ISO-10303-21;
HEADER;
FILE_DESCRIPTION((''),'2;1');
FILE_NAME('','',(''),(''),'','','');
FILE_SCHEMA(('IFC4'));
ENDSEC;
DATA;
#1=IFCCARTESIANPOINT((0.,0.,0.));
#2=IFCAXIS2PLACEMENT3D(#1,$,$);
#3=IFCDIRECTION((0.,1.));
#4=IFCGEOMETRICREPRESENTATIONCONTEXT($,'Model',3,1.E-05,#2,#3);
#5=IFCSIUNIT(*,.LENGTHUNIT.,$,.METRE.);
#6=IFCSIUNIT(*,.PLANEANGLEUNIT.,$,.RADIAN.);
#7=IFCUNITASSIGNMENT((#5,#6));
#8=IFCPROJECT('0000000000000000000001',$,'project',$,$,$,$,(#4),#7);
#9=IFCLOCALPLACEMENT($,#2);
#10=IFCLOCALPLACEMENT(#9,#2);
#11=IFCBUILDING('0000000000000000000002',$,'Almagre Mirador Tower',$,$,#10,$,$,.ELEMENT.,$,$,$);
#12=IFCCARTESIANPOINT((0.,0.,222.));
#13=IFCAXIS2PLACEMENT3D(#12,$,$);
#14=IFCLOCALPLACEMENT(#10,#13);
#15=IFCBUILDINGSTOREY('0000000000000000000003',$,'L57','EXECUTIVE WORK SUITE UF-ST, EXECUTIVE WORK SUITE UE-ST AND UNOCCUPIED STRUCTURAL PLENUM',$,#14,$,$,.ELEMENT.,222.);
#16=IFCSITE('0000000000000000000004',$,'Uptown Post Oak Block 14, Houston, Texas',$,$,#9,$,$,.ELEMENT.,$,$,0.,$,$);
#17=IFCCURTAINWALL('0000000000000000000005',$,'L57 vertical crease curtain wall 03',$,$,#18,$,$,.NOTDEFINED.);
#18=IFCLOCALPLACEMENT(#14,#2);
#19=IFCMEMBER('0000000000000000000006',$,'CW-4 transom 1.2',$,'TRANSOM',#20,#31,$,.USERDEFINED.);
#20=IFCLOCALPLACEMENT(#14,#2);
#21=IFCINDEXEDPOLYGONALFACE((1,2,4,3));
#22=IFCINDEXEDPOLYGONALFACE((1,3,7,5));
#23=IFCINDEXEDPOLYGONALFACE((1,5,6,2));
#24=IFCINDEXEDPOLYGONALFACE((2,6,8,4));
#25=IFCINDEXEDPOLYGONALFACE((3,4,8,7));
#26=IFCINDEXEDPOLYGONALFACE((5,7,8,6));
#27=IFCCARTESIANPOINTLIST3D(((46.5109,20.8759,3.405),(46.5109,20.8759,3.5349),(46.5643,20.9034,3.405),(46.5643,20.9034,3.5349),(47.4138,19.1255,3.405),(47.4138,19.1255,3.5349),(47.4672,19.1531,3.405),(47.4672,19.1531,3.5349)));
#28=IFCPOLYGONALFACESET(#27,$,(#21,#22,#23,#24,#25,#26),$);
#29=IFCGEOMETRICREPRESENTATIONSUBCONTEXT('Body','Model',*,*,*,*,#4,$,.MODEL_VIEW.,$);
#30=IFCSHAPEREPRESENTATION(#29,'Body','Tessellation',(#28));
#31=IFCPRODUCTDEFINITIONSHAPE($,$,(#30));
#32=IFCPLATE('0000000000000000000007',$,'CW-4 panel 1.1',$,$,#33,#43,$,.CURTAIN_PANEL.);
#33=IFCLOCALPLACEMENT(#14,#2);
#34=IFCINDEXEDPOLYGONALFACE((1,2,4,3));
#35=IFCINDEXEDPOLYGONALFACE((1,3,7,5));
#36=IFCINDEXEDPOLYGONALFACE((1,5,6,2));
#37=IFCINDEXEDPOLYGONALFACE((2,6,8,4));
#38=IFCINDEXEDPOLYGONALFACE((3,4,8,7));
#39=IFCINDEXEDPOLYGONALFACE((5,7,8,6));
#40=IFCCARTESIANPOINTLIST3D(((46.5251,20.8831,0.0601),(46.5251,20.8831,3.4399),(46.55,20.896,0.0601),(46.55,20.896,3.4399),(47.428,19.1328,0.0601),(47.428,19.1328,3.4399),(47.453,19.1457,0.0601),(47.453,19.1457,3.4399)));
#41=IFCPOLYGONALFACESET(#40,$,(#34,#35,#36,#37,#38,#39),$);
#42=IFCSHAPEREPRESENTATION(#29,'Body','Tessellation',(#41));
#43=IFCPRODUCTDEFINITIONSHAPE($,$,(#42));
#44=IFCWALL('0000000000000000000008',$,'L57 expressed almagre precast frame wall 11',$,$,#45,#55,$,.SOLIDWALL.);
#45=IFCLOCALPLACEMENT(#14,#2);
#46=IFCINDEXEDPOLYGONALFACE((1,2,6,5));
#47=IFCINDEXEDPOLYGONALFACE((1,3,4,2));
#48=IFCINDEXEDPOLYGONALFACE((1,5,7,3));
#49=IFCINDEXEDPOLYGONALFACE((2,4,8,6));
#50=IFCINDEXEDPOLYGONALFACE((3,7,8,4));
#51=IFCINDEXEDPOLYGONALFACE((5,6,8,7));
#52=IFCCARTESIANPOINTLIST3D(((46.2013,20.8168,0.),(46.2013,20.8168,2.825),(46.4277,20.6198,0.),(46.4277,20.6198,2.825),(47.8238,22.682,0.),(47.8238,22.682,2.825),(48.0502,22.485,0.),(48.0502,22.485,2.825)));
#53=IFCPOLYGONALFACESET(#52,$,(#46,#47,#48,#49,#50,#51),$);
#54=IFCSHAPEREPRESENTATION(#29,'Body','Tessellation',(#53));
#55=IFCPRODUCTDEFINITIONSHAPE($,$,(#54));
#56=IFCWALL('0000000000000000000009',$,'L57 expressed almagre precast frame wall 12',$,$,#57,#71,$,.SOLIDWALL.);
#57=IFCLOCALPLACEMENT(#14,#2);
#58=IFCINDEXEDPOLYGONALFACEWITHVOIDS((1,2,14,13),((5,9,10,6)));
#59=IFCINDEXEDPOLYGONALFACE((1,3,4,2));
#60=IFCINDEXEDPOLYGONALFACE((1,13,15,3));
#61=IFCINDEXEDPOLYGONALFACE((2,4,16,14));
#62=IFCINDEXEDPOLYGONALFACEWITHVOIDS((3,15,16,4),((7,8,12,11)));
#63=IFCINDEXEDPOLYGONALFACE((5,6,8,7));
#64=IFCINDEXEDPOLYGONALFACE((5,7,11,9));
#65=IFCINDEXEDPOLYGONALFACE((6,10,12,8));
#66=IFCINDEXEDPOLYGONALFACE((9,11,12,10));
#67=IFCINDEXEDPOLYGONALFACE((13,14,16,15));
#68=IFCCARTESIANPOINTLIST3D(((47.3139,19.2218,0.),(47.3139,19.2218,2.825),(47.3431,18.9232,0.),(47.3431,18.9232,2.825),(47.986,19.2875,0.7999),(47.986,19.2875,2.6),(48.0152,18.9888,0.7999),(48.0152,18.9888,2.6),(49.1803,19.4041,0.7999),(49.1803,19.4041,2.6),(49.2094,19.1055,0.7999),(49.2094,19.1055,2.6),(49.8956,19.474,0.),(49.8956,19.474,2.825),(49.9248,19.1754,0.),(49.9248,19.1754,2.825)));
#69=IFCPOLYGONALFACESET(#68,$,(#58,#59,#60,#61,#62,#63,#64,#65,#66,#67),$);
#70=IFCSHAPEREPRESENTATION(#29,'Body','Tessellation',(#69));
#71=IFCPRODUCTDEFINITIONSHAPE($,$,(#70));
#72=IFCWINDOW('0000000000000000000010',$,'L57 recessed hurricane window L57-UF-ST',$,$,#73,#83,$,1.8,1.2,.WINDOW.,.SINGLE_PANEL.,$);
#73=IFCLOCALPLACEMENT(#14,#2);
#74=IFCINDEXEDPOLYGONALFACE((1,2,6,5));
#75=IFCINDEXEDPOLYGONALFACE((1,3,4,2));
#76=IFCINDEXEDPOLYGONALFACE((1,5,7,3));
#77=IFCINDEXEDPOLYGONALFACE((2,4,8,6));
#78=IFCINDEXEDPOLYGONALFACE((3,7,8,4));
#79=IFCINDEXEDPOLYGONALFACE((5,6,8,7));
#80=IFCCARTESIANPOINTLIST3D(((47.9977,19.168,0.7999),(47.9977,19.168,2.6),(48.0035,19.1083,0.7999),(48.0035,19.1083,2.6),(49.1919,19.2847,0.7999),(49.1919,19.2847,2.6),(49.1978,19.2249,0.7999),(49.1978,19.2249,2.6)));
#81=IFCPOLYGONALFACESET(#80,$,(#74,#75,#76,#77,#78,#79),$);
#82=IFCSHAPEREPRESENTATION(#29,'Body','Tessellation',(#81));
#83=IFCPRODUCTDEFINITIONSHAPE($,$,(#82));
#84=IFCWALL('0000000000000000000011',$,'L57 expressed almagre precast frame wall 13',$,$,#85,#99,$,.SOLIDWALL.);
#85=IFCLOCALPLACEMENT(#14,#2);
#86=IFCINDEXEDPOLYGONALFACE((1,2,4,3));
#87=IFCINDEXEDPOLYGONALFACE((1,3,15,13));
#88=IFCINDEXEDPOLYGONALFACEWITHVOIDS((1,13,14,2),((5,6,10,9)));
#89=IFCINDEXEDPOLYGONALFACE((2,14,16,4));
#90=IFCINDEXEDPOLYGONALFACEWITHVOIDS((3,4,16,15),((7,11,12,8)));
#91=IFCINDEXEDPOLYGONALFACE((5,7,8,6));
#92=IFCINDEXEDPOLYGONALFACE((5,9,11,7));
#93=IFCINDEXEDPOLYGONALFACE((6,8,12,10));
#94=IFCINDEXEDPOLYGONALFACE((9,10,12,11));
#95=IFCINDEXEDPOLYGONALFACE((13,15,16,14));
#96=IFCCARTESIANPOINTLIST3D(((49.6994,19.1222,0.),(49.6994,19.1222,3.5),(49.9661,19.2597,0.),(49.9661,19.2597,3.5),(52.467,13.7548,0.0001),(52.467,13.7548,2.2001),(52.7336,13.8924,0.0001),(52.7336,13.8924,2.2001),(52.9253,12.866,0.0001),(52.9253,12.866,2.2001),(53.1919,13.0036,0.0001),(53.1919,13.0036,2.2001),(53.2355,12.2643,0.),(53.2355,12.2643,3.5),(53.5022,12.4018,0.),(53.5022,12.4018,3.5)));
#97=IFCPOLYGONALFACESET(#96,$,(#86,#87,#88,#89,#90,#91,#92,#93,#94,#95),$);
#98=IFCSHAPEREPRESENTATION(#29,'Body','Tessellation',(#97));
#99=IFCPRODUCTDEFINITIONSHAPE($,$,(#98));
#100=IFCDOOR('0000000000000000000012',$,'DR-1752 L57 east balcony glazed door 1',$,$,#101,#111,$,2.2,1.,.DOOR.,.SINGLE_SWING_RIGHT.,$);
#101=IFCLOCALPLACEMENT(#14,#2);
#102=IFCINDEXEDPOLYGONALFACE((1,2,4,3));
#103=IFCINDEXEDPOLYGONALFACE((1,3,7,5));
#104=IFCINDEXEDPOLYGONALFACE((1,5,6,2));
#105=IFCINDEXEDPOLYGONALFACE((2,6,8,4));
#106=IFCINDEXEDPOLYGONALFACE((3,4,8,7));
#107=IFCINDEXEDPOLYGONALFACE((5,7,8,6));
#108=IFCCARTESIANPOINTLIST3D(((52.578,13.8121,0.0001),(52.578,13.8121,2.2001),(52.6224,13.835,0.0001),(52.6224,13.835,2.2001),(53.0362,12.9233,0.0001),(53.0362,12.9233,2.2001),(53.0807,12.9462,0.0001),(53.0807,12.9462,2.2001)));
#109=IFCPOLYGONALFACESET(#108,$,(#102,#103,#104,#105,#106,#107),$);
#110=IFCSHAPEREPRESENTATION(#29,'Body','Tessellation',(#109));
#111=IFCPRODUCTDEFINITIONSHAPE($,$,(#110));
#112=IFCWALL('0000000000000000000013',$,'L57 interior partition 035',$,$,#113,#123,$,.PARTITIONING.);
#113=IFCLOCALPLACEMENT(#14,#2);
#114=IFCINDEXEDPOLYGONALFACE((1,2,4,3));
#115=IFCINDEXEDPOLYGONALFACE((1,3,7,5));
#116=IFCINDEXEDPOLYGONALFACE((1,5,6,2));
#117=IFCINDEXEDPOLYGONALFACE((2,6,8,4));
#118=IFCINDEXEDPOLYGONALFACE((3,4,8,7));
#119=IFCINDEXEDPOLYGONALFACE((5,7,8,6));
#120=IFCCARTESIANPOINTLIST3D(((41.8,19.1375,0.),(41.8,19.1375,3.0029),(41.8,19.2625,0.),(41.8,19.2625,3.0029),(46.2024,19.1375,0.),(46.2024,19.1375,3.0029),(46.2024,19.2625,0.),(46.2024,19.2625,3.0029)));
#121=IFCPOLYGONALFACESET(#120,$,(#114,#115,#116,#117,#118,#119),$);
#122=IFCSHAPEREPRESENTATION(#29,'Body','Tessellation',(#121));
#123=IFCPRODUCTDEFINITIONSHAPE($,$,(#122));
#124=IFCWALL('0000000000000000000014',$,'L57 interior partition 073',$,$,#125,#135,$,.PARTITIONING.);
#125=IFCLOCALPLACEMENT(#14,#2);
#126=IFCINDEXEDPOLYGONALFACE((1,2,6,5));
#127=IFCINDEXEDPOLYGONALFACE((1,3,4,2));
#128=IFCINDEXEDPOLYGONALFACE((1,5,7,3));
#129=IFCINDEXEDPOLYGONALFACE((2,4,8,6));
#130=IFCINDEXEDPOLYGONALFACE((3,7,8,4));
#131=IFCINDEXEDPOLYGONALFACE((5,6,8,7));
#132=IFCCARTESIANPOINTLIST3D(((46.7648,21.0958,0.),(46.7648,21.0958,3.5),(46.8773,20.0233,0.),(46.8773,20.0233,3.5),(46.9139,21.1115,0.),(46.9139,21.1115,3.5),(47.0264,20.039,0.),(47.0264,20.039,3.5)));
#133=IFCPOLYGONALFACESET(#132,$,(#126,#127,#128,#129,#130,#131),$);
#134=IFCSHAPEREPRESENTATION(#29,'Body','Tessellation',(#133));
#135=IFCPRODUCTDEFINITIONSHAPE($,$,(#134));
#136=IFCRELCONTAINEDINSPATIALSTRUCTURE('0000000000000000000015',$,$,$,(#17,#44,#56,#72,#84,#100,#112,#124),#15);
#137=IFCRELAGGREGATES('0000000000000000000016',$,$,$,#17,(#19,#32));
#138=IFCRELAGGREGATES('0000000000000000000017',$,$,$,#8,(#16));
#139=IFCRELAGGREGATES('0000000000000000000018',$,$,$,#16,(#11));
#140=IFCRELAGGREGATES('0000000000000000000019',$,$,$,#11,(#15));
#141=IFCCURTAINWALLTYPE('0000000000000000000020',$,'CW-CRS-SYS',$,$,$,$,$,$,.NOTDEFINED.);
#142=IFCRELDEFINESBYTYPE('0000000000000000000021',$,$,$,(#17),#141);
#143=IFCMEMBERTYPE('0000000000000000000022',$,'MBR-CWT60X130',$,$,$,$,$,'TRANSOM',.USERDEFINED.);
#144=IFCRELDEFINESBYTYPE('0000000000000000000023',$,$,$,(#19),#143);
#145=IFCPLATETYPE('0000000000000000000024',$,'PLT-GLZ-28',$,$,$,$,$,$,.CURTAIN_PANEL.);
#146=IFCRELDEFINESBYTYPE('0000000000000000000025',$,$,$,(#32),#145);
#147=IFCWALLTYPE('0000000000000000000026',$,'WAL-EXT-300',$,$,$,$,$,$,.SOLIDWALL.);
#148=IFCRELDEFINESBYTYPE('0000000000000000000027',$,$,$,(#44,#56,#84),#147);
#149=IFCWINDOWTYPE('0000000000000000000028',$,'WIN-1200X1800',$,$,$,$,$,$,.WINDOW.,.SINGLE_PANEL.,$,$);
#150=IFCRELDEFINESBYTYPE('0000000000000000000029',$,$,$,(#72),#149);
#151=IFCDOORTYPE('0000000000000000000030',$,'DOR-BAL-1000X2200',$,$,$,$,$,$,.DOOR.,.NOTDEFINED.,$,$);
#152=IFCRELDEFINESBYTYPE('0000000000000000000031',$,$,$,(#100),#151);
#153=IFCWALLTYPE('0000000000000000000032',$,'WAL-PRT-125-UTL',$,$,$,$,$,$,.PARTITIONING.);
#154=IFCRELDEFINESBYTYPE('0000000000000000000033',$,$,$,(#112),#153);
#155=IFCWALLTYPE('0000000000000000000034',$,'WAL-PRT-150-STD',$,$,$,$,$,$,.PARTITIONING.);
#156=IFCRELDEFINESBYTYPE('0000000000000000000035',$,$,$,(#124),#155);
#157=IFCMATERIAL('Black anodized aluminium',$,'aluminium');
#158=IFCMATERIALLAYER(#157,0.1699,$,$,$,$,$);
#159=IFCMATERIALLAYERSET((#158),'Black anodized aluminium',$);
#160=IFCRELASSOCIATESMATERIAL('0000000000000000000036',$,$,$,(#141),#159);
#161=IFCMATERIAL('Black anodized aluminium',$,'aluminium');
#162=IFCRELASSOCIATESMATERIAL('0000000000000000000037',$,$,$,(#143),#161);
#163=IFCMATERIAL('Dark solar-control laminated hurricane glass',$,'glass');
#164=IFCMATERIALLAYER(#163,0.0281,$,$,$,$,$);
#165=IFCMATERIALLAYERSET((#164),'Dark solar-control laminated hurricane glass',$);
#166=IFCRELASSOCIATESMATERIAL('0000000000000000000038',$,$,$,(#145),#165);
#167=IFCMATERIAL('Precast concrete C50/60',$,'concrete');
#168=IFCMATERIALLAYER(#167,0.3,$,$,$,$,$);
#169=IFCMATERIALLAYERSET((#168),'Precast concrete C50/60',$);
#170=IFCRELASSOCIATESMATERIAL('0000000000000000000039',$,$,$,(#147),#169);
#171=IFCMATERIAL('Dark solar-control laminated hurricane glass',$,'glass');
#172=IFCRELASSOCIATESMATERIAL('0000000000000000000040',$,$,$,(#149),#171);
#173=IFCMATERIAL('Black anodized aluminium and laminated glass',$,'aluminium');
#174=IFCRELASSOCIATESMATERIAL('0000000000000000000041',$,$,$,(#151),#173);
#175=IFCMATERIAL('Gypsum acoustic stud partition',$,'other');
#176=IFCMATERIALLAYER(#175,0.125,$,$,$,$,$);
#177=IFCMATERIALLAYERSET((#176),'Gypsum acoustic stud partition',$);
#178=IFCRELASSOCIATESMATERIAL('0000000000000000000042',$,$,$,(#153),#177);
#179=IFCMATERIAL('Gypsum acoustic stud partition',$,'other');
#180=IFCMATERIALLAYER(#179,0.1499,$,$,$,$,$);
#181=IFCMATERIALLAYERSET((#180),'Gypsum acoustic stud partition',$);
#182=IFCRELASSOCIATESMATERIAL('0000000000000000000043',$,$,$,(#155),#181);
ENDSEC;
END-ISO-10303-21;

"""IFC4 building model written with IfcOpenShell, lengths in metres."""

from ifc_helpers import new_model, si_unit, direction, frame, frame_2d, origin, origin_2d, place, context, subcontext, project, spatial, rectangle, extrude, material, layer, layer_set, material_profile, profile_set, type_object, element, fill, aggregate, save


model = new_model("IFC4")

# Units and contexts
model_context = context("Model", 3, precision=1e-05, world=origin(), true_north=direction((0.0, 1.0)))
body_context = subcontext(model_context, "Body", "Model", "MODEL_VIEW")
ifc_project = project(units=[si_unit("LENGTHUNIT", "METRE"), si_unit("PLANEANGLEUNIT", "RADIAN")], contexts=[model_context])

# Site, building, storey
site_placement = place(None, origin())
site = spatial("IfcSite", under=ifc_project, at=site_placement, Name="Uptown Post Oak Block 14, Houston, Texas", CompositionType="ELEMENT", RefElevation=0.0)
building_placement = place(site_placement, origin())
building = spatial("IfcBuilding", under=site, at=building_placement, Name="Almagre Mirador Tower", CompositionType="ELEMENT")
storey_placement = place(building_placement, frame((0.0, 0.0, 222.0)))
storey = spatial("IfcBuildingStorey", under=building, at=storey_placement, Name="L57", Description="EXECUTIVE WORK SUITE UF-ST, EXECUTIVE WORK SUITE UE-ST AND UNOCCUPIED STRUCTURAL PLENUM", CompositionType="ELEMENT", Elevation=222.0)

# Curtain wall, member, plate
ifc_material_1 = material(Name="Black anodized aluminium", Category="aluminium")
ifc_layer_1 = layer(ifc_material_1, 0.1699)
ifc_layer_set_1 = layer_set([ifc_layer_1], Name="Black anodized aluminium")
curtain_wall_type = type_object("IfcCurtainWallType", Name="CW-CRS-SYS", PredefinedType="NOTDEFINED", material=ifc_layer_set_1)
curtain_wall_placement = place(storey_placement, origin())
curtain_wall = element("IfcCurtainWall", 1, at=curtain_wall_placement, inside=storey, type_object=curtain_wall_type, Name="L57 vertical crease curtain wall 03", PredefinedType="NOTDEFINED")
ifc_material_2 = material(Name="Black anodized aluminium", Category="aluminium")
ifc_material_profile_1 = material_profile(ifc_material_2, rectangle(XDim=0.0601, YDim=0.1299, at=origin_2d()), Name="CWT60X130")
ifc_profile_set_1 = profile_set([ifc_material_profile_1], Name="Black anodized aluminium")
member_type_1 = type_object("IfcMemberType", Name="MBR-CWT60X130", ElementType="TRANSOM", PredefinedType="USERDEFINED", material=ifc_profile_set_1)
member_1_placement = place(storey_placement, frame((46.5376, 20.8896, 3.47), z_axis=(0.458434, -0.888728, 0.0), x_axis=(0.888728, 0.458434, 0.0)))
member_1 = element("IfcMember", 2, at=member_1_placement, type_object=member_type_1, Name="CW-4 transom 1.2", ObjectType="TRANSOM", PredefinedType="USERDEFINED", context=body_context, shape_type="SweptSolid", body=[
    extrude(rectangle(XDim=0.0601, YDim=0.1299, at=origin_2d()), origin(), (0.0, 0.0, 1.0), 1.9695),
])
ifc_material_3 = material(Name="Dark solar-control laminated hurricane glass", Category="glass")
ifc_layer_2 = layer(ifc_material_3, 0.0281)
ifc_layer_set_2 = layer_set([ifc_layer_2], Name="Dark solar-control laminated hurricane glass")
plate_type = type_object("IfcPlateType", Name="PLT-GLZ-28", PredefinedType="CURTAIN_PANEL", material=ifc_layer_set_2)
plate_placement = place(storey_placement, frame((46.989, 20.0144, 0.0601), z_axis=(0.0, 0.0, 1.0), x_axis=(0.458472, -0.888709, 0.0)))
plate = element("IfcPlate", 3, at=plate_placement, type_object=plate_type, Name="CW-4 panel 1.1", PredefinedType="CURTAIN_PANEL", context=body_context, shape_type="SweptSolid", body=[
    extrude(rectangle(XDim=1.9695, YDim=0.0281, at=origin_2d()), origin(), (0.0, 0.0, 1.0), 3.3799),
])
aggregate(curtain_wall, [member_1, plate])

# Wall
ifc_material_4 = material(Name="Precast concrete C50/60", Category="concrete")
ifc_layer_3 = layer(ifc_material_4, 0.3)
ifc_layer_set_3 = layer_set([ifc_layer_3], Name="Precast concrete C50/60")
wall_type_1 = type_object("IfcWallType", Name="WAL-EXT-300", PredefinedType="SOLIDWALL", material=ifc_layer_set_3)
wall_1_placement = place(storey_placement, frame((47.937, 22.5835, 0.0), z_axis=(0.0, 0.0, 1.0), x_axis=(-0.656321, -0.754482, 0.0)))
element("IfcWall", 4, at=wall_1_placement, inside=storey, type_object=wall_type_1, Name="L57 expressed almagre precast frame wall 11", PredefinedType="SOLIDWALL", context=body_context, shape_type="SweptSolid", body=[
    extrude(rectangle(XDim=2.4722, YDim=0.3, at=frame_2d((1.2361, 0.0))), origin(), (0.0, 0.0, 1.0), 2.825),
])

# Wall, opening, window
wall_2_placement = place(storey_placement, frame((47.3286, 19.0725, 0.0), z_axis=(0.0, 0.0, 1.0), x_axis=(0.995263, 0.09722, 0.0)))
wall_2 = element("IfcWall", 5, at=wall_2_placement, inside=storey, type_object=wall_type_1, Name="L57 expressed almagre precast frame wall 12", PredefinedType="SOLIDWALL", context=body_context, shape_type="SweptSolid", body=[
    extrude(rectangle(XDim=2.594, YDim=0.3, at=frame_2d((1.2969, 0.0))), origin(), (0.0, 0.0, 1.0), 2.825),
])
opening_1_placement = place(wall_2_placement, frame((0.675, 0.0, 0.8)))
opening_1 = element("IfcOpeningElement", 6, at=opening_1_placement, cuts=wall_2, PredefinedType="OPENING", context=body_context, shape_type="SweptSolid", body=[
    extrude(rectangle(XDim=1.2, YDim=1.8, at=frame_2d((0.6001, 0.8999))), frame((0.0, 0.1599, 0.0), z_axis=(0.0, -1.0, 0.0), x_axis=(1.0, 0.0, 0.0)), (0.0, 0.0, 1.0), 0.32),
])
ifc_material_5 = material(Name="Dark solar-control laminated hurricane glass", Category="glass")
window_type = type_object("IfcWindowType", Name="WIN-1200X1800", PartitioningType="SINGLE_PANEL", PredefinedType="WINDOW", material=ifc_material_5)
window_placement = place(opening_1_placement, origin())
window = element("IfcWindow", 7, at=window_placement, inside=storey, type_object=window_type, Name="L57 recessed hurricane window L57-UF-ST", OverallHeight=1.8, OverallWidth=1.2, PartitioningType="SINGLE_PANEL", PredefinedType="WINDOW", context=body_context, shape_type="SweptSolid", body=[
    extrude(rectangle(XDim=1.2, YDim=1.8, at=frame_2d((0.6001, 0.8999))), frame((0.0, 0.03, 0.0), z_axis=(0.0, -1.0, 0.0), x_axis=(1.0, 0.0, 0.0)), (0.0, 0.0, 1.0), 0.0601),
])
fill(opening_1, window)

# Wall, opening, door
wall_3_placement = place(storey_placement, frame((49.8328, 19.1909, 0.0), z_axis=(0.0, 0.0, 1.0), x_axis=(0.458291, -0.888802, 0.0)))
wall_3 = element("IfcWall", 8, at=wall_3_placement, inside=storey, type_object=wall_type_1, Name="L57 expressed almagre precast frame wall 13", PredefinedType="SOLIDWALL", context=body_context, shape_type="SweptSolid", body=[
    extrude(rectangle(XDim=7.7158, YDim=0.3, at=frame_2d((3.8579, 0.0))), origin(), (0.0, 0.0, 1.0), 3.5),
])
opening_2_placement = place(wall_3_placement, frame((6.0388, 0.0, 0.0)))
opening_2 = element("IfcOpeningElement", 9, at=opening_2_placement, cuts=wall_3, PredefinedType="OPENING", context=body_context, shape_type="SweptSolid", body=[
    extrude(rectangle(XDim=1.0, YDim=2.2, at=frame_2d((0.5, 1.1001))), frame((0.0, 0.1599, 0.0), z_axis=(0.0, -1.0, 0.0), x_axis=(1.0, 0.0, 0.0)), (0.0, 0.0, 1.0), 0.32),
])
ifc_material_6 = material(Name="Black anodized aluminium and laminated glass", Category="aluminium")
door_type = type_object("IfcDoorType", Name="DOR-BAL-1000X2200", OperationType="NOTDEFINED", PredefinedType="DOOR", material=ifc_material_6)
door_placement = place(opening_2_placement, origin())
door = element("IfcDoor", 10, at=door_placement, inside=storey, type_object=door_type, Name="DR-1752 L57 east balcony glazed door 1", OperationType="SINGLE_SWING_RIGHT", OverallHeight=2.2, OverallWidth=1.0, PredefinedType="DOOR", context=body_context, shape_type="SweptSolid", body=[
    extrude(rectangle(XDim=1.0, YDim=2.2, at=frame_2d((0.5, 1.1001))), frame((0.0, 0.0249, 0.0), z_axis=(0.0, -1.0, 0.0), x_axis=(1.0, 0.0, 0.0)), (0.0, 0.0, 1.0), 0.05),
])
fill(opening_2, door)

# Walls
ifc_material_7 = material(Name="Gypsum acoustic stud partition", Category="other")
ifc_layer_4 = layer(ifc_material_7, 0.125)
ifc_layer_set_4 = layer_set([ifc_layer_4], Name="Gypsum acoustic stud partition")
wall_type_2 = type_object("IfcWallType", Name="WAL-PRT-125-UTL", PredefinedType="PARTITIONING", material=ifc_layer_set_4)
wall_4_placement = place(storey_placement, frame((46.2024, 19.2, 0.0), z_axis=(0.0, 0.0, 1.0), x_axis=(-1.0, 0.0, 0.0)))
element("IfcWall", 11, at=wall_4_placement, inside=storey, type_object=wall_type_2, Name="L57 interior partition 035", PredefinedType="PARTITIONING", context=body_context, shape_type="SweptSolid", body=[
    extrude(rectangle(XDim=4.4023, YDim=0.125, at=frame_2d((2.2012, 0.0))), origin(), (0.0, 0.0, 1.0), 3.0029),
])
ifc_material_8 = material(Name="Gypsum acoustic stud partition", Category="other")
ifc_layer_5 = layer(ifc_material_8, 0.1499)
ifc_layer_set_5 = layer_set([ifc_layer_5], Name="Gypsum acoustic stud partition")
wall_type_3 = type_object("IfcWallType", Name="WAL-PRT-150-STD", PredefinedType="PARTITIONING", material=ifc_layer_set_5)
wall_5_placement = place(storey_placement, frame((46.8394, 21.1035, 0.0), z_axis=(0.0, 0.0, 1.0), x_axis=(0.104367, -0.994539, 0.0)))
element("IfcWall", 12, at=wall_5_placement, inside=storey, type_object=wall_type_3, Name="L57 interior partition 073", PredefinedType="PARTITIONING", context=body_context, shape_type="SweptSolid", body=[
    extrude(rectangle(XDim=1.0784, YDim=0.1499, at=frame_2d((0.5391, 0.0))), origin(), (0.0, 0.0, 1.0), 3.5),
])

save(model, "model.ifc")
